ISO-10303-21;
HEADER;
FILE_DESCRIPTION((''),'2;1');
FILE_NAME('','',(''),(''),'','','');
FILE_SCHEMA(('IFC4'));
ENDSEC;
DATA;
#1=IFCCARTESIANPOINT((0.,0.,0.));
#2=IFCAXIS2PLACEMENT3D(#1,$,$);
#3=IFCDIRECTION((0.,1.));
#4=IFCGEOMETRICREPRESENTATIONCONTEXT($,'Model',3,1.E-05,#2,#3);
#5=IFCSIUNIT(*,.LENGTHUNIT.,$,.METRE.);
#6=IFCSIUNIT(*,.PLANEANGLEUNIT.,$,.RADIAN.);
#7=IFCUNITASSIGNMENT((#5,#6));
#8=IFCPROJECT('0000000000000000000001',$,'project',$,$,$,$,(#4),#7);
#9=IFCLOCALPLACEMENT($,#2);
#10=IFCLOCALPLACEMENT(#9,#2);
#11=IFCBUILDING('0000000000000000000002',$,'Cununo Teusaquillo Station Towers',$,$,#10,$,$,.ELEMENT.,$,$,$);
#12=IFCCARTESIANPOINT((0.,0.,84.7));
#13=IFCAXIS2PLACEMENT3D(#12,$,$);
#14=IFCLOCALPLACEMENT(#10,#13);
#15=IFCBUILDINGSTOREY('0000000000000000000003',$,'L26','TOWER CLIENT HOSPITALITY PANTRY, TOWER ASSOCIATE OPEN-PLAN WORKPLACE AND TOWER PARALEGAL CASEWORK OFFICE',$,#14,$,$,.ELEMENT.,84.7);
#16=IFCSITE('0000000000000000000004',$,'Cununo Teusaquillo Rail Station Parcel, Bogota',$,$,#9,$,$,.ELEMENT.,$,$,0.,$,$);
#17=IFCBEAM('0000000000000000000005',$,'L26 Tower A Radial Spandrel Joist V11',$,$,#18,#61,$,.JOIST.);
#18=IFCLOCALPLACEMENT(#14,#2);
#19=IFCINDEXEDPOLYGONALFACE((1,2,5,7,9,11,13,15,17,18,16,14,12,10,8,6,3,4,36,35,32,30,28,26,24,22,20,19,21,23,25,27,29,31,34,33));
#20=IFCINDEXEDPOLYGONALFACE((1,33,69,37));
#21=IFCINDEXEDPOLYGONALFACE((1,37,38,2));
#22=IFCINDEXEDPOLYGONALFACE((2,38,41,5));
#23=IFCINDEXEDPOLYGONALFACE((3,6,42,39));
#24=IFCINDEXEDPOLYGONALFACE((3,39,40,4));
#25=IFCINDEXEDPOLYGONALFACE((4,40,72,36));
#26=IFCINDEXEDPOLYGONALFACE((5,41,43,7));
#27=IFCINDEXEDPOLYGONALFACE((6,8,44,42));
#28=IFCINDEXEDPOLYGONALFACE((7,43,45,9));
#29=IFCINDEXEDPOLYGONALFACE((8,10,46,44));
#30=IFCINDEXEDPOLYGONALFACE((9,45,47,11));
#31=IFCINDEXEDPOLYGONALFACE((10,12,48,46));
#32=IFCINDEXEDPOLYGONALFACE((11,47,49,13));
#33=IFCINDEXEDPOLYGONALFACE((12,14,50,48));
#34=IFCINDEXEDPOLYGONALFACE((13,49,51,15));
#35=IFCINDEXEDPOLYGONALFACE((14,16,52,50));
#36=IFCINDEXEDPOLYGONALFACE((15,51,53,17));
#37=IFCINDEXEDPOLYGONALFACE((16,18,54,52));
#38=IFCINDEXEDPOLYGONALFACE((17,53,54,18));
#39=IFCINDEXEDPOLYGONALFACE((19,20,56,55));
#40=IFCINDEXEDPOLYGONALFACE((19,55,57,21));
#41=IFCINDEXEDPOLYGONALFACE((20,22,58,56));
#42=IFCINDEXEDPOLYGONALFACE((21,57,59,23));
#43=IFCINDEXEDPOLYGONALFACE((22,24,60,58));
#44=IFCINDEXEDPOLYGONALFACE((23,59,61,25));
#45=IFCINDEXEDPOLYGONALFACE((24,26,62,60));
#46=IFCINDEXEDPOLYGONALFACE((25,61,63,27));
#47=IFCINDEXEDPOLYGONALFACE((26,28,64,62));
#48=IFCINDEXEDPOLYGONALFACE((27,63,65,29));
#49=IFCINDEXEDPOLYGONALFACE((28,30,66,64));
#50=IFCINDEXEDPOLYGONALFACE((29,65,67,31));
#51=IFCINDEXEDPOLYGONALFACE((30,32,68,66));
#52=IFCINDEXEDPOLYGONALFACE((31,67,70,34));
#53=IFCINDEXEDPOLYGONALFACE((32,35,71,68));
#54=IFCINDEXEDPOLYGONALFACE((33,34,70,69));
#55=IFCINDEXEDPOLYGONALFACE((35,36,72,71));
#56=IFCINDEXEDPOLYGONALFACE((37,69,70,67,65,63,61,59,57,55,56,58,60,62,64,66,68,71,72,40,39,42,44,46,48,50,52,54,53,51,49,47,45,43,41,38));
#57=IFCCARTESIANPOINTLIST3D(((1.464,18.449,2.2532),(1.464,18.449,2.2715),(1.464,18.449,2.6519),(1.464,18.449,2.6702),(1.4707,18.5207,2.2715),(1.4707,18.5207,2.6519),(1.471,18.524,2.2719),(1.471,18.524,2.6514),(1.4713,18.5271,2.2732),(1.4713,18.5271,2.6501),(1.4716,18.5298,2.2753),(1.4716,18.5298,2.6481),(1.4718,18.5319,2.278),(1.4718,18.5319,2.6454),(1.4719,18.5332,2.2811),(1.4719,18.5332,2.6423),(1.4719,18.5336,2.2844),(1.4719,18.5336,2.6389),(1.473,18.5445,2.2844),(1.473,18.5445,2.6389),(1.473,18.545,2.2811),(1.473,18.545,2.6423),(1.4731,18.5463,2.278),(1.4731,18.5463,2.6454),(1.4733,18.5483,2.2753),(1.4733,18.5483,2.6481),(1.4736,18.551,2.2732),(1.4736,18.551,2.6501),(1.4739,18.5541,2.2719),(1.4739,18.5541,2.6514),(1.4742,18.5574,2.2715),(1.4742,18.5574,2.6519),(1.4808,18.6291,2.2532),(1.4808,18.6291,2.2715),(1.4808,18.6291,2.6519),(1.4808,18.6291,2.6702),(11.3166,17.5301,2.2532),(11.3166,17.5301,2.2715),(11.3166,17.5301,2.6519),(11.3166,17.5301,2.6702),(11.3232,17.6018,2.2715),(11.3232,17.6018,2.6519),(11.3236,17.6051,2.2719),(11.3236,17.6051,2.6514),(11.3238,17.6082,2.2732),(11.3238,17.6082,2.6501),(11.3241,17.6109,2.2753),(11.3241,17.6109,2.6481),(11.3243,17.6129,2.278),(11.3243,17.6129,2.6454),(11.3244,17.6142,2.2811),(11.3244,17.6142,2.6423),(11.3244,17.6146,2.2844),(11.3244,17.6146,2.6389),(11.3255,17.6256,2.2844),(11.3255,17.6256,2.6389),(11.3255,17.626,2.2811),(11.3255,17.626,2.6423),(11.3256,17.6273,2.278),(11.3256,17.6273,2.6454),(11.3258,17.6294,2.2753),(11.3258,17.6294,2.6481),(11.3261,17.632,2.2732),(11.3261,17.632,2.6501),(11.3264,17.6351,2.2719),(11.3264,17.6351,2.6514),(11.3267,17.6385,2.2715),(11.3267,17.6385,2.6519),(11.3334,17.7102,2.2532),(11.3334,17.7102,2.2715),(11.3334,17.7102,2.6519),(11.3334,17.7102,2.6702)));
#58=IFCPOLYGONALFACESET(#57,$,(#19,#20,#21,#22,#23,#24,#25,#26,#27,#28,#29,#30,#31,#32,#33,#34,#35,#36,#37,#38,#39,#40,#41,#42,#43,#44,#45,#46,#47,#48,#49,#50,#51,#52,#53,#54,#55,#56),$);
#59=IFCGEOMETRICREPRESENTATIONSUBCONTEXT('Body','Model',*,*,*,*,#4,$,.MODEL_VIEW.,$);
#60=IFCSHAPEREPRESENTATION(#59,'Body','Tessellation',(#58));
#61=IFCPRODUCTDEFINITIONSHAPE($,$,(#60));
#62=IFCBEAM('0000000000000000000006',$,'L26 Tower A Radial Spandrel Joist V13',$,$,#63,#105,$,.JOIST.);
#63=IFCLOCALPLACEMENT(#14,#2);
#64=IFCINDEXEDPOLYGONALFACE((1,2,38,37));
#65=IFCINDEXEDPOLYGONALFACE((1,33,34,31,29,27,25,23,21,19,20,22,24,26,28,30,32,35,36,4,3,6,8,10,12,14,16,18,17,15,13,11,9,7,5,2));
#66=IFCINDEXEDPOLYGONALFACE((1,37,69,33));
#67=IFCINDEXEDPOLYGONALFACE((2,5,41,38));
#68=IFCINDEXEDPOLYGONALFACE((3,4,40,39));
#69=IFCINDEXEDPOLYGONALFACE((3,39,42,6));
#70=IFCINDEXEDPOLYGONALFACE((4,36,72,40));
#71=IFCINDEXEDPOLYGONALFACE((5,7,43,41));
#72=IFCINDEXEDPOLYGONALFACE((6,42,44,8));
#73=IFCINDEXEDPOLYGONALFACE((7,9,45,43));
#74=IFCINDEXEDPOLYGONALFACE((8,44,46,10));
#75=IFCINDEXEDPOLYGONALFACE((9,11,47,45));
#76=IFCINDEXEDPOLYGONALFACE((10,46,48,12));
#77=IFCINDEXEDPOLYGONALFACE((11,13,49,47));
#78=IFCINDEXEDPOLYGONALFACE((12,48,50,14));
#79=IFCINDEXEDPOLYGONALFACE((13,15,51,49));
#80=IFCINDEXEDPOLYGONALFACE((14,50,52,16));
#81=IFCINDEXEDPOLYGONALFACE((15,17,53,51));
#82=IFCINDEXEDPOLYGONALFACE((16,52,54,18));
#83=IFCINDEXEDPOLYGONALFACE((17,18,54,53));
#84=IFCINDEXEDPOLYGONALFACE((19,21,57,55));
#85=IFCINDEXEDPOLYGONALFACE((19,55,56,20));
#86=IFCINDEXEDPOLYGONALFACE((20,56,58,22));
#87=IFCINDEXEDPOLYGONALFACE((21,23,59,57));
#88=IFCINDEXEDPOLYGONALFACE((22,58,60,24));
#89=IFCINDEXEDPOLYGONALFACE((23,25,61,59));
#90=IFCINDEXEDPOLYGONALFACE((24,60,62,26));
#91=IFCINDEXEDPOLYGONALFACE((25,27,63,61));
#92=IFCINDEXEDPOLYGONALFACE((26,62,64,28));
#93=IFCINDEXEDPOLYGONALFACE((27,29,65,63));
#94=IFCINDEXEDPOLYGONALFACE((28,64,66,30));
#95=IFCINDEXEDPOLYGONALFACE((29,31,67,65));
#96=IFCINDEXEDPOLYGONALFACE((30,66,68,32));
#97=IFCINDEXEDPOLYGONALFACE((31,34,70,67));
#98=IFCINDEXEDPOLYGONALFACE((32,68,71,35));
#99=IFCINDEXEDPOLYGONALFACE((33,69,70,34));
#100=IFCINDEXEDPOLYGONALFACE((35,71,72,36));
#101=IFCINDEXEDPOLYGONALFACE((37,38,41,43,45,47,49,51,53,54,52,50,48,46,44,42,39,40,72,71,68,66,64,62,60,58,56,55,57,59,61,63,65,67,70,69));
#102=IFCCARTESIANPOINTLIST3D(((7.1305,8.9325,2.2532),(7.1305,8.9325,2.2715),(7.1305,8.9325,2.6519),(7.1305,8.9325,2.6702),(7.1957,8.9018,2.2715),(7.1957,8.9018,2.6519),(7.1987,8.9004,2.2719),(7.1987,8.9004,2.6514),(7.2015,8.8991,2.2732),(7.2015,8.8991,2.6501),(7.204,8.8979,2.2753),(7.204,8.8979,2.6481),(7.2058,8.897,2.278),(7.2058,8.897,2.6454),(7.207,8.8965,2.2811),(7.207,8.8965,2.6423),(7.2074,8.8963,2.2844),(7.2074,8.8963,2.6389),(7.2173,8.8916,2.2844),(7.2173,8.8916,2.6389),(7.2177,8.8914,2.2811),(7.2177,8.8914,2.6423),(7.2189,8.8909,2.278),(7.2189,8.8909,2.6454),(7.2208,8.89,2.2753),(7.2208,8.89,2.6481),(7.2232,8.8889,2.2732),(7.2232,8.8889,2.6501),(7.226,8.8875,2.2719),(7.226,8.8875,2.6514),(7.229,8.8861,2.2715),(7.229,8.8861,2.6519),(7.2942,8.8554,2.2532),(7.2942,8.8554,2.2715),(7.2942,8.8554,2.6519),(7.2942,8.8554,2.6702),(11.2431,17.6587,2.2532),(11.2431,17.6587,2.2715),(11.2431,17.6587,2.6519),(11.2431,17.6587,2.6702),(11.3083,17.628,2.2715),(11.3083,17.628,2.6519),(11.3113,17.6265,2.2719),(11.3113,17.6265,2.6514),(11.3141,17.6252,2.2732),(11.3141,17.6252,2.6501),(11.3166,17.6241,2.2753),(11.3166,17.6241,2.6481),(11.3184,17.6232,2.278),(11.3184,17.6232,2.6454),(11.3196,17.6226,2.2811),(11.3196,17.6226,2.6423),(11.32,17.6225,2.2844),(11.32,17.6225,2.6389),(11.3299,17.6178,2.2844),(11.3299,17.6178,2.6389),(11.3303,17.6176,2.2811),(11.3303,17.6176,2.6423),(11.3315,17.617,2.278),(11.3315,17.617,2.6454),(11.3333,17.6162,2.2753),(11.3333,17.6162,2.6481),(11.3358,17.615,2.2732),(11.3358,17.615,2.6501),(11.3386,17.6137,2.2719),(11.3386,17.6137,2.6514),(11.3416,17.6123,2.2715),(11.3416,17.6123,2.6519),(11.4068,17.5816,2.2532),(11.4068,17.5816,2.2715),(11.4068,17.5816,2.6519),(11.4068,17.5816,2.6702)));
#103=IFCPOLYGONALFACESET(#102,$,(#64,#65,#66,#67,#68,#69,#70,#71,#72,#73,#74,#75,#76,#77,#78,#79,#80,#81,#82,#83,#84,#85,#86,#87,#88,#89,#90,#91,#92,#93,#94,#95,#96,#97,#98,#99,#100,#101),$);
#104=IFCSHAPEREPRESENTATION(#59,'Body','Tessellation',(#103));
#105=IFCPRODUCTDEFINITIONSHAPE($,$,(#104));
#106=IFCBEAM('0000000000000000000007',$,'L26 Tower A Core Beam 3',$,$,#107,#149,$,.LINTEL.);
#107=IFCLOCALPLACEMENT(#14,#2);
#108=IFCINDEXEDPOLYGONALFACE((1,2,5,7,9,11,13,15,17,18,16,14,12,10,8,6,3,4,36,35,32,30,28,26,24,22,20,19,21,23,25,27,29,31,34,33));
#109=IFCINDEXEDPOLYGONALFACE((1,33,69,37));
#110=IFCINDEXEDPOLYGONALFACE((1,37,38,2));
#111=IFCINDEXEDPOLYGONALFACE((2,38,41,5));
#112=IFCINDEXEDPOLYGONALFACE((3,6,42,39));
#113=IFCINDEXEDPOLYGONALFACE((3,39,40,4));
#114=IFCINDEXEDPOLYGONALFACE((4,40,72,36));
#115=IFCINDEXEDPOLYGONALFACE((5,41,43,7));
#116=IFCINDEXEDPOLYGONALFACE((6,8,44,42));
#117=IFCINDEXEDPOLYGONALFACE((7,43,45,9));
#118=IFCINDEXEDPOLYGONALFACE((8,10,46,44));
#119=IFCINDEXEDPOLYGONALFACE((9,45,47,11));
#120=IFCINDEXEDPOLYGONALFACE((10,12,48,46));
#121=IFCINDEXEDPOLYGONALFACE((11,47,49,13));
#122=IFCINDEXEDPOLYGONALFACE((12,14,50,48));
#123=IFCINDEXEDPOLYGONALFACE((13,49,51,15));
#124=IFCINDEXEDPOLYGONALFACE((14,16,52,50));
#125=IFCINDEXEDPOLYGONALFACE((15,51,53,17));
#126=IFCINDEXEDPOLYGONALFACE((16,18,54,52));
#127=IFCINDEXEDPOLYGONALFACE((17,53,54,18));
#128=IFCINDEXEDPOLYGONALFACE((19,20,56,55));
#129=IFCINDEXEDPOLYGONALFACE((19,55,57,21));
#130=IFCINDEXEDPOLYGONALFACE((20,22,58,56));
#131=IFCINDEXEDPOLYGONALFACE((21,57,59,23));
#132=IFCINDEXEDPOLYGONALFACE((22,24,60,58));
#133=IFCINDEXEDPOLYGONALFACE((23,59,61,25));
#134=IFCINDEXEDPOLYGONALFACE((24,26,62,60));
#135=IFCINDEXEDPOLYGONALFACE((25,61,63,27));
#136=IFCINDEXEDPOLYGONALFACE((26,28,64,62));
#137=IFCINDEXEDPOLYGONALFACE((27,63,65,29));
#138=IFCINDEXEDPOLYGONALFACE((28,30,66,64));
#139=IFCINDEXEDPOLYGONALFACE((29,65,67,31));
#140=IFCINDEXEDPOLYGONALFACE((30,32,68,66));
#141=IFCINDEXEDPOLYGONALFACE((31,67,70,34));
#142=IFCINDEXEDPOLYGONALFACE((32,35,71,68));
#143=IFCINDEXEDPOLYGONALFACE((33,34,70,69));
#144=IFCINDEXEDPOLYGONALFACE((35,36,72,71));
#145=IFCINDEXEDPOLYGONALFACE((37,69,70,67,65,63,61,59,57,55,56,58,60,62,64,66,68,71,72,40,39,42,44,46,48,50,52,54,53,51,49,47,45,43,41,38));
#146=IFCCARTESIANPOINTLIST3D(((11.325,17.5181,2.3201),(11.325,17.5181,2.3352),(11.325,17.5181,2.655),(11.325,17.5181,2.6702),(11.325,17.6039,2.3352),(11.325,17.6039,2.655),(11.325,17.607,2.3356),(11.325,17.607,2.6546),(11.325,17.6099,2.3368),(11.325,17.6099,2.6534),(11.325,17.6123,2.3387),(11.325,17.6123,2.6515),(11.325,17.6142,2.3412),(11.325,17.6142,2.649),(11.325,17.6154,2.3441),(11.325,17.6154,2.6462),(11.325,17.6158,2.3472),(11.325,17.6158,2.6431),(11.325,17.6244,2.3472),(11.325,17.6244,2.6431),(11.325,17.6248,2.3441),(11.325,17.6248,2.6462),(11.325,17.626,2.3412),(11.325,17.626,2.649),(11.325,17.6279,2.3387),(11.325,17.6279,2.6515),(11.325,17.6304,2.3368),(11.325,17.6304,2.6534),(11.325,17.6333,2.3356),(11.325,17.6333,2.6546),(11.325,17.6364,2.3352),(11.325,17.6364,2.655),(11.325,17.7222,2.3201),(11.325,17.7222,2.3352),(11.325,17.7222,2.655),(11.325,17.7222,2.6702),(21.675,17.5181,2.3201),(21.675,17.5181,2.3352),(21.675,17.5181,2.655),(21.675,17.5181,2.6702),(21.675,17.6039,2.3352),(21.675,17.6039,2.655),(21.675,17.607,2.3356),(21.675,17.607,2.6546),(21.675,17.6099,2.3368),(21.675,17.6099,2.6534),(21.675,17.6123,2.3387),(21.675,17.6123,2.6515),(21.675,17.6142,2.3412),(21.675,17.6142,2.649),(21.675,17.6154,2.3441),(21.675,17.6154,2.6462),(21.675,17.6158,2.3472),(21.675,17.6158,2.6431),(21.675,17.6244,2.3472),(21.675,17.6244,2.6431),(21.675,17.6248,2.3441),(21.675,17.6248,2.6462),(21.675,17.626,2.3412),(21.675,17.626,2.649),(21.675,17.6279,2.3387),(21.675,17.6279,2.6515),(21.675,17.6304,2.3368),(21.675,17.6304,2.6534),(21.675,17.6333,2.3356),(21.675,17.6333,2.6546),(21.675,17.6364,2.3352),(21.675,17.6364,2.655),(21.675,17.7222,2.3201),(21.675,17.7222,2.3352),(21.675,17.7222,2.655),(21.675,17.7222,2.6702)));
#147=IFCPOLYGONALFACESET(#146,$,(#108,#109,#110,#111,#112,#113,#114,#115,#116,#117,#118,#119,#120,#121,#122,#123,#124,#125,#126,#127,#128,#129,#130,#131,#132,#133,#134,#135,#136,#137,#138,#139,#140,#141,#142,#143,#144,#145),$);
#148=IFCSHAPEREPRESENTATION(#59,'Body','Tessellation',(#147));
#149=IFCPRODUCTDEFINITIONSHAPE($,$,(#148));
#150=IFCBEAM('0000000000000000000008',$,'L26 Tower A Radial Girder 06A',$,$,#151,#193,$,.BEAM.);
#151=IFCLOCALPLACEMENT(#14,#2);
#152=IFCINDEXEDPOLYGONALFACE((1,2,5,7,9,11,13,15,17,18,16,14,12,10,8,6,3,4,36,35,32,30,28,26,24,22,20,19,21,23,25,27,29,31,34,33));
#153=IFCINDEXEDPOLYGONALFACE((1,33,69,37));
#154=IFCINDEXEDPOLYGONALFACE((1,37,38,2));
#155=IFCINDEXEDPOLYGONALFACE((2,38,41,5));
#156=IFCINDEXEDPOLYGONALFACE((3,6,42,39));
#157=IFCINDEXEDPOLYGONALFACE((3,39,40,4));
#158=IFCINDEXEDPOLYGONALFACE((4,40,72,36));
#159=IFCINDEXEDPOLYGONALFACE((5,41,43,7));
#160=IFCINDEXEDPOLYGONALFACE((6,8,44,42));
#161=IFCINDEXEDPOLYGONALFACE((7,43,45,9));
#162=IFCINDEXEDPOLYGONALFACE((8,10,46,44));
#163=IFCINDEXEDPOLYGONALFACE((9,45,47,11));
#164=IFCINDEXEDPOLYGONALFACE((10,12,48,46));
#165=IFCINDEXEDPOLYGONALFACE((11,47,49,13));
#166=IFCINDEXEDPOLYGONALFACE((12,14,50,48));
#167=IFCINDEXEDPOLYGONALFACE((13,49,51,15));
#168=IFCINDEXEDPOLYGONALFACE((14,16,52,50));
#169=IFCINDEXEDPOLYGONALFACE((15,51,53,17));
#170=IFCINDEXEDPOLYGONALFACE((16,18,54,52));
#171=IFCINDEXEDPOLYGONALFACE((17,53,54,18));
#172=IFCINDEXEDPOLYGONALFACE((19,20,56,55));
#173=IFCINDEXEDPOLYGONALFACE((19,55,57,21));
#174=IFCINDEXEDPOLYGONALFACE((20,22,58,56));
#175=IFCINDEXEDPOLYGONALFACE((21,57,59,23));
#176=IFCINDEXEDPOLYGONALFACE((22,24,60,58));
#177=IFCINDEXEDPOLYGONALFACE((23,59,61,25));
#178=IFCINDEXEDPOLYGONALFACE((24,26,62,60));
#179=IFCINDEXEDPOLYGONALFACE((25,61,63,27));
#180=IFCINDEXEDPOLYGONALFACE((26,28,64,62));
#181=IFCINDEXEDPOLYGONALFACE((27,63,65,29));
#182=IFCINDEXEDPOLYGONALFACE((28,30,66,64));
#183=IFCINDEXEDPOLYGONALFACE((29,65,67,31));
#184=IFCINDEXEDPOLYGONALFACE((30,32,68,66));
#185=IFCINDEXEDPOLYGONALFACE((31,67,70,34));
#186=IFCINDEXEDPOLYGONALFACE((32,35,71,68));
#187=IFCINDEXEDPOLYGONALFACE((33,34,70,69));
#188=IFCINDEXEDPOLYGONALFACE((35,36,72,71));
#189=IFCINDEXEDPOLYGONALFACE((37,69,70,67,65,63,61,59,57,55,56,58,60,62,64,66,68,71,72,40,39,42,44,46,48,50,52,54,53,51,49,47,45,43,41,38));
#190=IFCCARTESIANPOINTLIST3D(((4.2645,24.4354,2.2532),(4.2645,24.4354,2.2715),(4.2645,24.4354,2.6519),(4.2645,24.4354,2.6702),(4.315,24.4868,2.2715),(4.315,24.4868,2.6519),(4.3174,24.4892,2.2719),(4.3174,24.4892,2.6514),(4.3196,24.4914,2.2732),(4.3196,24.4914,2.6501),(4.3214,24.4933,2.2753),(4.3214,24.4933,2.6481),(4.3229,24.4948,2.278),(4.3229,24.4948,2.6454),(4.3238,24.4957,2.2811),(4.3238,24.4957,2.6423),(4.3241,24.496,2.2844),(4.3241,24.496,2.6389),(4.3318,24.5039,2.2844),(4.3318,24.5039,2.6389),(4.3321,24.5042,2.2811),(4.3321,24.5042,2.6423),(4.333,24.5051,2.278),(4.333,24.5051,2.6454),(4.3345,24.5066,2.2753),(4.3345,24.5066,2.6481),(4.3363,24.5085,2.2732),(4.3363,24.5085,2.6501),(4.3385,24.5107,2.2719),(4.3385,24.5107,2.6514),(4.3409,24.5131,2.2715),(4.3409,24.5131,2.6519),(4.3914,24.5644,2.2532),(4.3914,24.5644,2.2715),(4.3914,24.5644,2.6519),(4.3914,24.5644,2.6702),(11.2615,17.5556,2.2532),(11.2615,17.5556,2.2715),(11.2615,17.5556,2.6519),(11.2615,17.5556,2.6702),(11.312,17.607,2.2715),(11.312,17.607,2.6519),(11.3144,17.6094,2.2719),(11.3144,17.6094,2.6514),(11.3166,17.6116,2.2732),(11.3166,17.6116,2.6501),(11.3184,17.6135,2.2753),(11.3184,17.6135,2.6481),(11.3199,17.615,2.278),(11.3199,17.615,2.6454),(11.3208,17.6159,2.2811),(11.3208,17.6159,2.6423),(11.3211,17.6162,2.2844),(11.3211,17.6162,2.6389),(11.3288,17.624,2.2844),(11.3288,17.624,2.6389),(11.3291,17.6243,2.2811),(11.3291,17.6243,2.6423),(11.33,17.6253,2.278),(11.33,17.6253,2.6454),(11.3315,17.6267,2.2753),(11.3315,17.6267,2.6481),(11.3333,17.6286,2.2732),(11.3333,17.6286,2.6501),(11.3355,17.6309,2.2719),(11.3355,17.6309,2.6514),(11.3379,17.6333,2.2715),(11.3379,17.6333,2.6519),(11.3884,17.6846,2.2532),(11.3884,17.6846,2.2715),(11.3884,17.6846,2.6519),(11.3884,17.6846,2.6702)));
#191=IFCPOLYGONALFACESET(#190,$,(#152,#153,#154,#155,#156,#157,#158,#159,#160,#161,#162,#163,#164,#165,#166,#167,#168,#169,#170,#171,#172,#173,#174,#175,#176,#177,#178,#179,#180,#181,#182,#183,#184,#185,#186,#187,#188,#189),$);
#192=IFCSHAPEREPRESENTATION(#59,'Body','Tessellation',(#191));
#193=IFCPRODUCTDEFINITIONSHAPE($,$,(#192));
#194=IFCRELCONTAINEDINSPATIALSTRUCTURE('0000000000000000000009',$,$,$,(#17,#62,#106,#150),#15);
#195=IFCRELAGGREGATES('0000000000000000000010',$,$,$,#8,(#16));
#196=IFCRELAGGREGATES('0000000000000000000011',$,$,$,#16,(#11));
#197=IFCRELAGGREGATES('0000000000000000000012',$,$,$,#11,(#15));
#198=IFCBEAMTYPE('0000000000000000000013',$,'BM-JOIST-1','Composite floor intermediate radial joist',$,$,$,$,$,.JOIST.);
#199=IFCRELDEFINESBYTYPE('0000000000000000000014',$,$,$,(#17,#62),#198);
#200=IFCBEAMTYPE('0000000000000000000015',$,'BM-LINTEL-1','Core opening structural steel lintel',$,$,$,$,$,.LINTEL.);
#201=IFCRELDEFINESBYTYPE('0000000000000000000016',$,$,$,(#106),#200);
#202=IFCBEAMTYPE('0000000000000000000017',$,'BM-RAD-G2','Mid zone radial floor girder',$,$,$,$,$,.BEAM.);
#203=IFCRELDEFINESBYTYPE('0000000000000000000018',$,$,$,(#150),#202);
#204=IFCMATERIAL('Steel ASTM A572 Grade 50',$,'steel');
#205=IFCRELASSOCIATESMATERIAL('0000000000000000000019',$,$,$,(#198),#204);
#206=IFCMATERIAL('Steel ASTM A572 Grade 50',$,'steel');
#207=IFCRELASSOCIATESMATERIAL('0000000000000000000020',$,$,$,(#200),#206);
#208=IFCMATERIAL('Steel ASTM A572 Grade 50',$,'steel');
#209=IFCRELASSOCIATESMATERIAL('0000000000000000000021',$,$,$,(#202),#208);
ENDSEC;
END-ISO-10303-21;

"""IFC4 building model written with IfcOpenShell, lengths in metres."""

from ifc_helpers import new_model, si_unit, direction, frame, origin, origin_2d, place, context, subcontext, project, spatial, i_section, extrude, material, material_profile, profile_set, type_object, element, save


model = new_model("IFC4")

# Units and contexts
model_context = context("Model", 3, precision=1e-05, world=origin(), true_north=direction((0.0, 1.0)))
body_context = subcontext(model_context, "Body", "Model", "MODEL_VIEW")
ifc_project = project(units=[si_unit("LENGTHUNIT", "METRE"), si_unit("PLANEANGLEUNIT", "RADIAN")], contexts=[model_context])

# Site, building, storey
site_placement = place(None, origin())
site = spatial("IfcSite", under=ifc_project, at=site_placement, Name="Cununo Teusaquillo Rail Station Parcel, Bogota", CompositionType="ELEMENT", RefElevation=0.0)
building_placement = place(site_placement, origin())
building = spatial("IfcBuilding", under=site, at=building_placement, Name="Cununo Teusaquillo Station Towers", CompositionType="ELEMENT")
storey_placement = place(building_placement, frame((0.0, 0.0, 84.7)))
storey = spatial("IfcBuildingStorey", under=building, at=storey_placement, Name="L26", Description="TOWER CLIENT HOSPITALITY PANTRY, TOWER ASSOCIATE OPEN-PLAN WORKPLACE AND TOWER PARALEGAL CASEWORK OFFICE", CompositionType="ELEMENT", Elevation=84.7)

# Beams
ifc_material_1 = material(Name="Steel ASTM A572 Grade 50", Category="steel")
ifc_material_profile_1 = material_profile(ifc_material_1, i_section(OverallWidth=0.1809, OverallDepth=0.417, WebThickness=0.011, FlangeThickness=0.0183, FilletRadius=0.0129, at=origin_2d()), Name="W16X57")
ifc_profile_set_1 = profile_set([ifc_material_profile_1], Name="Steel ASTM A572 Grade 50")
beam_type_1 = type_object("IfcBeamType", Name="BM-JOIST-1", Description="Composite floor intermediate radial joist", PredefinedType="JOIST", material=ifc_profile_set_1)
beam_1_placement = place(storey_placement, frame((11.325, 17.6201, 2.4617), z_axis=(-0.995679, 0.092867, 0.0), x_axis=(-0.092867, -0.995679, 0.0)))
element("IfcBeam", 1, at=beam_1_placement, inside=storey, type_object=beam_type_1, Name="L26 Tower A Radial Spandrel Joist V11", PredefinedType="JOIST", context=body_context, shape_type="SweptSolid", body=[
    extrude(i_section(OverallWidth=0.1809, OverallDepth=0.417, WebThickness=0.011, FlangeThickness=0.0183, FilletRadius=0.0129, at=origin_2d()), origin(), (0.0, 0.0, 1.0), 9.8953),
])
beam_2_placement = place(storey_placement, frame((11.325, 17.6201, 2.4617), z_axis=(-0.42632, -0.904572, 0.0), x_axis=(0.904572, -0.42632, 0.0)))
element("IfcBeam", 2, at=beam_2_placement, inside=storey, type_object=beam_type_1, Name="L26 Tower A Radial Spandrel Joist V13", PredefinedType="JOIST", context=body_context, shape_type="SweptSolid", body=[
    extrude(i_section(OverallWidth=0.1809, OverallDepth=0.417, WebThickness=0.011, FlangeThickness=0.0183, FilletRadius=0.0129, at=origin_2d()), origin(), (0.0, 0.0, 1.0), 9.6467),
])
ifc_material_2 = material(Name="Steel ASTM A572 Grade 50", Category="steel")
ifc_material_profile_2 = material_profile(ifc_material_2, i_section(OverallWidth=0.2041, OverallDepth=0.3501, WebThickness=0.0085, FlangeThickness=0.0151, FilletRadius=0.012, at=origin_2d()), Name="W14X48")
ifc_profile_set_2 = profile_set([ifc_material_profile_2], Name="Steel ASTM A572 Grade 50")
beam_type_2 = type_object("IfcBeamType", Name="BM-LINTEL-1", Description="Core opening structural steel lintel", PredefinedType="LINTEL", material=ifc_profile_set_2)
beam_3_placement = place(storey_placement, frame((11.325, 17.6201, 2.4951), z_axis=(1.0, 0.0, 0.0), x_axis=(0.0, 1.0, 0.0)))
element("IfcBeam", 3, at=beam_3_placement, inside=storey, type_object=beam_type_2, Name="L26 Tower A Core Beam 3", PredefinedType="LINTEL", context=body_context, shape_type="SweptSolid", body=[
    extrude(i_section(OverallWidth=0.2041, OverallDepth=0.3501, WebThickness=0.0085, FlangeThickness=0.0151, FilletRadius=0.012, at=origin_2d()), origin(), (0.0, 0.0, 1.0), 10.3501),
])
ifc_material_3 = material(Name="Steel ASTM A572 Grade 50", Category="steel")
ifc_material_profile_3 = material_profile(ifc_material_3, i_section(OverallWidth=0.1809, OverallDepth=0.417, WebThickness=0.011, FlangeThickness=0.0183, FilletRadius=0.0129, at=origin_2d()), Name="W16X57")
ifc_profile_set_3 = profile_set([ifc_material_profile_3], Name="Steel ASTM A572 Grade 50")
beam_type_3 = type_object("IfcBeamType", Name="BM-RAD-G2", Description="Mid zone radial floor girder", PredefinedType="BEAM", material=ifc_profile_set_3)
beam_4_placement = place(storey_placement, frame((11.325, 17.6201, 2.4617), z_axis=(-0.713053, 0.70111, 0.0), x_axis=(-0.70111, -0.713053, 0.0)))
element("IfcBeam", 4, at=beam_4_placement, inside=storey, type_object=beam_type_3, Name="L26 Tower A Radial Girder 06A", PredefinedType="BEAM", context=body_context, shape_type="SweptSolid", body=[
    extrude(i_section(OverallWidth=0.1809, OverallDepth=0.417, WebThickness=0.011, FlangeThickness=0.0183, FilletRadius=0.0129, at=origin_2d()), origin(), (0.0, 0.0, 1.0), 9.8127),
])

save(model, "model.ifc")
